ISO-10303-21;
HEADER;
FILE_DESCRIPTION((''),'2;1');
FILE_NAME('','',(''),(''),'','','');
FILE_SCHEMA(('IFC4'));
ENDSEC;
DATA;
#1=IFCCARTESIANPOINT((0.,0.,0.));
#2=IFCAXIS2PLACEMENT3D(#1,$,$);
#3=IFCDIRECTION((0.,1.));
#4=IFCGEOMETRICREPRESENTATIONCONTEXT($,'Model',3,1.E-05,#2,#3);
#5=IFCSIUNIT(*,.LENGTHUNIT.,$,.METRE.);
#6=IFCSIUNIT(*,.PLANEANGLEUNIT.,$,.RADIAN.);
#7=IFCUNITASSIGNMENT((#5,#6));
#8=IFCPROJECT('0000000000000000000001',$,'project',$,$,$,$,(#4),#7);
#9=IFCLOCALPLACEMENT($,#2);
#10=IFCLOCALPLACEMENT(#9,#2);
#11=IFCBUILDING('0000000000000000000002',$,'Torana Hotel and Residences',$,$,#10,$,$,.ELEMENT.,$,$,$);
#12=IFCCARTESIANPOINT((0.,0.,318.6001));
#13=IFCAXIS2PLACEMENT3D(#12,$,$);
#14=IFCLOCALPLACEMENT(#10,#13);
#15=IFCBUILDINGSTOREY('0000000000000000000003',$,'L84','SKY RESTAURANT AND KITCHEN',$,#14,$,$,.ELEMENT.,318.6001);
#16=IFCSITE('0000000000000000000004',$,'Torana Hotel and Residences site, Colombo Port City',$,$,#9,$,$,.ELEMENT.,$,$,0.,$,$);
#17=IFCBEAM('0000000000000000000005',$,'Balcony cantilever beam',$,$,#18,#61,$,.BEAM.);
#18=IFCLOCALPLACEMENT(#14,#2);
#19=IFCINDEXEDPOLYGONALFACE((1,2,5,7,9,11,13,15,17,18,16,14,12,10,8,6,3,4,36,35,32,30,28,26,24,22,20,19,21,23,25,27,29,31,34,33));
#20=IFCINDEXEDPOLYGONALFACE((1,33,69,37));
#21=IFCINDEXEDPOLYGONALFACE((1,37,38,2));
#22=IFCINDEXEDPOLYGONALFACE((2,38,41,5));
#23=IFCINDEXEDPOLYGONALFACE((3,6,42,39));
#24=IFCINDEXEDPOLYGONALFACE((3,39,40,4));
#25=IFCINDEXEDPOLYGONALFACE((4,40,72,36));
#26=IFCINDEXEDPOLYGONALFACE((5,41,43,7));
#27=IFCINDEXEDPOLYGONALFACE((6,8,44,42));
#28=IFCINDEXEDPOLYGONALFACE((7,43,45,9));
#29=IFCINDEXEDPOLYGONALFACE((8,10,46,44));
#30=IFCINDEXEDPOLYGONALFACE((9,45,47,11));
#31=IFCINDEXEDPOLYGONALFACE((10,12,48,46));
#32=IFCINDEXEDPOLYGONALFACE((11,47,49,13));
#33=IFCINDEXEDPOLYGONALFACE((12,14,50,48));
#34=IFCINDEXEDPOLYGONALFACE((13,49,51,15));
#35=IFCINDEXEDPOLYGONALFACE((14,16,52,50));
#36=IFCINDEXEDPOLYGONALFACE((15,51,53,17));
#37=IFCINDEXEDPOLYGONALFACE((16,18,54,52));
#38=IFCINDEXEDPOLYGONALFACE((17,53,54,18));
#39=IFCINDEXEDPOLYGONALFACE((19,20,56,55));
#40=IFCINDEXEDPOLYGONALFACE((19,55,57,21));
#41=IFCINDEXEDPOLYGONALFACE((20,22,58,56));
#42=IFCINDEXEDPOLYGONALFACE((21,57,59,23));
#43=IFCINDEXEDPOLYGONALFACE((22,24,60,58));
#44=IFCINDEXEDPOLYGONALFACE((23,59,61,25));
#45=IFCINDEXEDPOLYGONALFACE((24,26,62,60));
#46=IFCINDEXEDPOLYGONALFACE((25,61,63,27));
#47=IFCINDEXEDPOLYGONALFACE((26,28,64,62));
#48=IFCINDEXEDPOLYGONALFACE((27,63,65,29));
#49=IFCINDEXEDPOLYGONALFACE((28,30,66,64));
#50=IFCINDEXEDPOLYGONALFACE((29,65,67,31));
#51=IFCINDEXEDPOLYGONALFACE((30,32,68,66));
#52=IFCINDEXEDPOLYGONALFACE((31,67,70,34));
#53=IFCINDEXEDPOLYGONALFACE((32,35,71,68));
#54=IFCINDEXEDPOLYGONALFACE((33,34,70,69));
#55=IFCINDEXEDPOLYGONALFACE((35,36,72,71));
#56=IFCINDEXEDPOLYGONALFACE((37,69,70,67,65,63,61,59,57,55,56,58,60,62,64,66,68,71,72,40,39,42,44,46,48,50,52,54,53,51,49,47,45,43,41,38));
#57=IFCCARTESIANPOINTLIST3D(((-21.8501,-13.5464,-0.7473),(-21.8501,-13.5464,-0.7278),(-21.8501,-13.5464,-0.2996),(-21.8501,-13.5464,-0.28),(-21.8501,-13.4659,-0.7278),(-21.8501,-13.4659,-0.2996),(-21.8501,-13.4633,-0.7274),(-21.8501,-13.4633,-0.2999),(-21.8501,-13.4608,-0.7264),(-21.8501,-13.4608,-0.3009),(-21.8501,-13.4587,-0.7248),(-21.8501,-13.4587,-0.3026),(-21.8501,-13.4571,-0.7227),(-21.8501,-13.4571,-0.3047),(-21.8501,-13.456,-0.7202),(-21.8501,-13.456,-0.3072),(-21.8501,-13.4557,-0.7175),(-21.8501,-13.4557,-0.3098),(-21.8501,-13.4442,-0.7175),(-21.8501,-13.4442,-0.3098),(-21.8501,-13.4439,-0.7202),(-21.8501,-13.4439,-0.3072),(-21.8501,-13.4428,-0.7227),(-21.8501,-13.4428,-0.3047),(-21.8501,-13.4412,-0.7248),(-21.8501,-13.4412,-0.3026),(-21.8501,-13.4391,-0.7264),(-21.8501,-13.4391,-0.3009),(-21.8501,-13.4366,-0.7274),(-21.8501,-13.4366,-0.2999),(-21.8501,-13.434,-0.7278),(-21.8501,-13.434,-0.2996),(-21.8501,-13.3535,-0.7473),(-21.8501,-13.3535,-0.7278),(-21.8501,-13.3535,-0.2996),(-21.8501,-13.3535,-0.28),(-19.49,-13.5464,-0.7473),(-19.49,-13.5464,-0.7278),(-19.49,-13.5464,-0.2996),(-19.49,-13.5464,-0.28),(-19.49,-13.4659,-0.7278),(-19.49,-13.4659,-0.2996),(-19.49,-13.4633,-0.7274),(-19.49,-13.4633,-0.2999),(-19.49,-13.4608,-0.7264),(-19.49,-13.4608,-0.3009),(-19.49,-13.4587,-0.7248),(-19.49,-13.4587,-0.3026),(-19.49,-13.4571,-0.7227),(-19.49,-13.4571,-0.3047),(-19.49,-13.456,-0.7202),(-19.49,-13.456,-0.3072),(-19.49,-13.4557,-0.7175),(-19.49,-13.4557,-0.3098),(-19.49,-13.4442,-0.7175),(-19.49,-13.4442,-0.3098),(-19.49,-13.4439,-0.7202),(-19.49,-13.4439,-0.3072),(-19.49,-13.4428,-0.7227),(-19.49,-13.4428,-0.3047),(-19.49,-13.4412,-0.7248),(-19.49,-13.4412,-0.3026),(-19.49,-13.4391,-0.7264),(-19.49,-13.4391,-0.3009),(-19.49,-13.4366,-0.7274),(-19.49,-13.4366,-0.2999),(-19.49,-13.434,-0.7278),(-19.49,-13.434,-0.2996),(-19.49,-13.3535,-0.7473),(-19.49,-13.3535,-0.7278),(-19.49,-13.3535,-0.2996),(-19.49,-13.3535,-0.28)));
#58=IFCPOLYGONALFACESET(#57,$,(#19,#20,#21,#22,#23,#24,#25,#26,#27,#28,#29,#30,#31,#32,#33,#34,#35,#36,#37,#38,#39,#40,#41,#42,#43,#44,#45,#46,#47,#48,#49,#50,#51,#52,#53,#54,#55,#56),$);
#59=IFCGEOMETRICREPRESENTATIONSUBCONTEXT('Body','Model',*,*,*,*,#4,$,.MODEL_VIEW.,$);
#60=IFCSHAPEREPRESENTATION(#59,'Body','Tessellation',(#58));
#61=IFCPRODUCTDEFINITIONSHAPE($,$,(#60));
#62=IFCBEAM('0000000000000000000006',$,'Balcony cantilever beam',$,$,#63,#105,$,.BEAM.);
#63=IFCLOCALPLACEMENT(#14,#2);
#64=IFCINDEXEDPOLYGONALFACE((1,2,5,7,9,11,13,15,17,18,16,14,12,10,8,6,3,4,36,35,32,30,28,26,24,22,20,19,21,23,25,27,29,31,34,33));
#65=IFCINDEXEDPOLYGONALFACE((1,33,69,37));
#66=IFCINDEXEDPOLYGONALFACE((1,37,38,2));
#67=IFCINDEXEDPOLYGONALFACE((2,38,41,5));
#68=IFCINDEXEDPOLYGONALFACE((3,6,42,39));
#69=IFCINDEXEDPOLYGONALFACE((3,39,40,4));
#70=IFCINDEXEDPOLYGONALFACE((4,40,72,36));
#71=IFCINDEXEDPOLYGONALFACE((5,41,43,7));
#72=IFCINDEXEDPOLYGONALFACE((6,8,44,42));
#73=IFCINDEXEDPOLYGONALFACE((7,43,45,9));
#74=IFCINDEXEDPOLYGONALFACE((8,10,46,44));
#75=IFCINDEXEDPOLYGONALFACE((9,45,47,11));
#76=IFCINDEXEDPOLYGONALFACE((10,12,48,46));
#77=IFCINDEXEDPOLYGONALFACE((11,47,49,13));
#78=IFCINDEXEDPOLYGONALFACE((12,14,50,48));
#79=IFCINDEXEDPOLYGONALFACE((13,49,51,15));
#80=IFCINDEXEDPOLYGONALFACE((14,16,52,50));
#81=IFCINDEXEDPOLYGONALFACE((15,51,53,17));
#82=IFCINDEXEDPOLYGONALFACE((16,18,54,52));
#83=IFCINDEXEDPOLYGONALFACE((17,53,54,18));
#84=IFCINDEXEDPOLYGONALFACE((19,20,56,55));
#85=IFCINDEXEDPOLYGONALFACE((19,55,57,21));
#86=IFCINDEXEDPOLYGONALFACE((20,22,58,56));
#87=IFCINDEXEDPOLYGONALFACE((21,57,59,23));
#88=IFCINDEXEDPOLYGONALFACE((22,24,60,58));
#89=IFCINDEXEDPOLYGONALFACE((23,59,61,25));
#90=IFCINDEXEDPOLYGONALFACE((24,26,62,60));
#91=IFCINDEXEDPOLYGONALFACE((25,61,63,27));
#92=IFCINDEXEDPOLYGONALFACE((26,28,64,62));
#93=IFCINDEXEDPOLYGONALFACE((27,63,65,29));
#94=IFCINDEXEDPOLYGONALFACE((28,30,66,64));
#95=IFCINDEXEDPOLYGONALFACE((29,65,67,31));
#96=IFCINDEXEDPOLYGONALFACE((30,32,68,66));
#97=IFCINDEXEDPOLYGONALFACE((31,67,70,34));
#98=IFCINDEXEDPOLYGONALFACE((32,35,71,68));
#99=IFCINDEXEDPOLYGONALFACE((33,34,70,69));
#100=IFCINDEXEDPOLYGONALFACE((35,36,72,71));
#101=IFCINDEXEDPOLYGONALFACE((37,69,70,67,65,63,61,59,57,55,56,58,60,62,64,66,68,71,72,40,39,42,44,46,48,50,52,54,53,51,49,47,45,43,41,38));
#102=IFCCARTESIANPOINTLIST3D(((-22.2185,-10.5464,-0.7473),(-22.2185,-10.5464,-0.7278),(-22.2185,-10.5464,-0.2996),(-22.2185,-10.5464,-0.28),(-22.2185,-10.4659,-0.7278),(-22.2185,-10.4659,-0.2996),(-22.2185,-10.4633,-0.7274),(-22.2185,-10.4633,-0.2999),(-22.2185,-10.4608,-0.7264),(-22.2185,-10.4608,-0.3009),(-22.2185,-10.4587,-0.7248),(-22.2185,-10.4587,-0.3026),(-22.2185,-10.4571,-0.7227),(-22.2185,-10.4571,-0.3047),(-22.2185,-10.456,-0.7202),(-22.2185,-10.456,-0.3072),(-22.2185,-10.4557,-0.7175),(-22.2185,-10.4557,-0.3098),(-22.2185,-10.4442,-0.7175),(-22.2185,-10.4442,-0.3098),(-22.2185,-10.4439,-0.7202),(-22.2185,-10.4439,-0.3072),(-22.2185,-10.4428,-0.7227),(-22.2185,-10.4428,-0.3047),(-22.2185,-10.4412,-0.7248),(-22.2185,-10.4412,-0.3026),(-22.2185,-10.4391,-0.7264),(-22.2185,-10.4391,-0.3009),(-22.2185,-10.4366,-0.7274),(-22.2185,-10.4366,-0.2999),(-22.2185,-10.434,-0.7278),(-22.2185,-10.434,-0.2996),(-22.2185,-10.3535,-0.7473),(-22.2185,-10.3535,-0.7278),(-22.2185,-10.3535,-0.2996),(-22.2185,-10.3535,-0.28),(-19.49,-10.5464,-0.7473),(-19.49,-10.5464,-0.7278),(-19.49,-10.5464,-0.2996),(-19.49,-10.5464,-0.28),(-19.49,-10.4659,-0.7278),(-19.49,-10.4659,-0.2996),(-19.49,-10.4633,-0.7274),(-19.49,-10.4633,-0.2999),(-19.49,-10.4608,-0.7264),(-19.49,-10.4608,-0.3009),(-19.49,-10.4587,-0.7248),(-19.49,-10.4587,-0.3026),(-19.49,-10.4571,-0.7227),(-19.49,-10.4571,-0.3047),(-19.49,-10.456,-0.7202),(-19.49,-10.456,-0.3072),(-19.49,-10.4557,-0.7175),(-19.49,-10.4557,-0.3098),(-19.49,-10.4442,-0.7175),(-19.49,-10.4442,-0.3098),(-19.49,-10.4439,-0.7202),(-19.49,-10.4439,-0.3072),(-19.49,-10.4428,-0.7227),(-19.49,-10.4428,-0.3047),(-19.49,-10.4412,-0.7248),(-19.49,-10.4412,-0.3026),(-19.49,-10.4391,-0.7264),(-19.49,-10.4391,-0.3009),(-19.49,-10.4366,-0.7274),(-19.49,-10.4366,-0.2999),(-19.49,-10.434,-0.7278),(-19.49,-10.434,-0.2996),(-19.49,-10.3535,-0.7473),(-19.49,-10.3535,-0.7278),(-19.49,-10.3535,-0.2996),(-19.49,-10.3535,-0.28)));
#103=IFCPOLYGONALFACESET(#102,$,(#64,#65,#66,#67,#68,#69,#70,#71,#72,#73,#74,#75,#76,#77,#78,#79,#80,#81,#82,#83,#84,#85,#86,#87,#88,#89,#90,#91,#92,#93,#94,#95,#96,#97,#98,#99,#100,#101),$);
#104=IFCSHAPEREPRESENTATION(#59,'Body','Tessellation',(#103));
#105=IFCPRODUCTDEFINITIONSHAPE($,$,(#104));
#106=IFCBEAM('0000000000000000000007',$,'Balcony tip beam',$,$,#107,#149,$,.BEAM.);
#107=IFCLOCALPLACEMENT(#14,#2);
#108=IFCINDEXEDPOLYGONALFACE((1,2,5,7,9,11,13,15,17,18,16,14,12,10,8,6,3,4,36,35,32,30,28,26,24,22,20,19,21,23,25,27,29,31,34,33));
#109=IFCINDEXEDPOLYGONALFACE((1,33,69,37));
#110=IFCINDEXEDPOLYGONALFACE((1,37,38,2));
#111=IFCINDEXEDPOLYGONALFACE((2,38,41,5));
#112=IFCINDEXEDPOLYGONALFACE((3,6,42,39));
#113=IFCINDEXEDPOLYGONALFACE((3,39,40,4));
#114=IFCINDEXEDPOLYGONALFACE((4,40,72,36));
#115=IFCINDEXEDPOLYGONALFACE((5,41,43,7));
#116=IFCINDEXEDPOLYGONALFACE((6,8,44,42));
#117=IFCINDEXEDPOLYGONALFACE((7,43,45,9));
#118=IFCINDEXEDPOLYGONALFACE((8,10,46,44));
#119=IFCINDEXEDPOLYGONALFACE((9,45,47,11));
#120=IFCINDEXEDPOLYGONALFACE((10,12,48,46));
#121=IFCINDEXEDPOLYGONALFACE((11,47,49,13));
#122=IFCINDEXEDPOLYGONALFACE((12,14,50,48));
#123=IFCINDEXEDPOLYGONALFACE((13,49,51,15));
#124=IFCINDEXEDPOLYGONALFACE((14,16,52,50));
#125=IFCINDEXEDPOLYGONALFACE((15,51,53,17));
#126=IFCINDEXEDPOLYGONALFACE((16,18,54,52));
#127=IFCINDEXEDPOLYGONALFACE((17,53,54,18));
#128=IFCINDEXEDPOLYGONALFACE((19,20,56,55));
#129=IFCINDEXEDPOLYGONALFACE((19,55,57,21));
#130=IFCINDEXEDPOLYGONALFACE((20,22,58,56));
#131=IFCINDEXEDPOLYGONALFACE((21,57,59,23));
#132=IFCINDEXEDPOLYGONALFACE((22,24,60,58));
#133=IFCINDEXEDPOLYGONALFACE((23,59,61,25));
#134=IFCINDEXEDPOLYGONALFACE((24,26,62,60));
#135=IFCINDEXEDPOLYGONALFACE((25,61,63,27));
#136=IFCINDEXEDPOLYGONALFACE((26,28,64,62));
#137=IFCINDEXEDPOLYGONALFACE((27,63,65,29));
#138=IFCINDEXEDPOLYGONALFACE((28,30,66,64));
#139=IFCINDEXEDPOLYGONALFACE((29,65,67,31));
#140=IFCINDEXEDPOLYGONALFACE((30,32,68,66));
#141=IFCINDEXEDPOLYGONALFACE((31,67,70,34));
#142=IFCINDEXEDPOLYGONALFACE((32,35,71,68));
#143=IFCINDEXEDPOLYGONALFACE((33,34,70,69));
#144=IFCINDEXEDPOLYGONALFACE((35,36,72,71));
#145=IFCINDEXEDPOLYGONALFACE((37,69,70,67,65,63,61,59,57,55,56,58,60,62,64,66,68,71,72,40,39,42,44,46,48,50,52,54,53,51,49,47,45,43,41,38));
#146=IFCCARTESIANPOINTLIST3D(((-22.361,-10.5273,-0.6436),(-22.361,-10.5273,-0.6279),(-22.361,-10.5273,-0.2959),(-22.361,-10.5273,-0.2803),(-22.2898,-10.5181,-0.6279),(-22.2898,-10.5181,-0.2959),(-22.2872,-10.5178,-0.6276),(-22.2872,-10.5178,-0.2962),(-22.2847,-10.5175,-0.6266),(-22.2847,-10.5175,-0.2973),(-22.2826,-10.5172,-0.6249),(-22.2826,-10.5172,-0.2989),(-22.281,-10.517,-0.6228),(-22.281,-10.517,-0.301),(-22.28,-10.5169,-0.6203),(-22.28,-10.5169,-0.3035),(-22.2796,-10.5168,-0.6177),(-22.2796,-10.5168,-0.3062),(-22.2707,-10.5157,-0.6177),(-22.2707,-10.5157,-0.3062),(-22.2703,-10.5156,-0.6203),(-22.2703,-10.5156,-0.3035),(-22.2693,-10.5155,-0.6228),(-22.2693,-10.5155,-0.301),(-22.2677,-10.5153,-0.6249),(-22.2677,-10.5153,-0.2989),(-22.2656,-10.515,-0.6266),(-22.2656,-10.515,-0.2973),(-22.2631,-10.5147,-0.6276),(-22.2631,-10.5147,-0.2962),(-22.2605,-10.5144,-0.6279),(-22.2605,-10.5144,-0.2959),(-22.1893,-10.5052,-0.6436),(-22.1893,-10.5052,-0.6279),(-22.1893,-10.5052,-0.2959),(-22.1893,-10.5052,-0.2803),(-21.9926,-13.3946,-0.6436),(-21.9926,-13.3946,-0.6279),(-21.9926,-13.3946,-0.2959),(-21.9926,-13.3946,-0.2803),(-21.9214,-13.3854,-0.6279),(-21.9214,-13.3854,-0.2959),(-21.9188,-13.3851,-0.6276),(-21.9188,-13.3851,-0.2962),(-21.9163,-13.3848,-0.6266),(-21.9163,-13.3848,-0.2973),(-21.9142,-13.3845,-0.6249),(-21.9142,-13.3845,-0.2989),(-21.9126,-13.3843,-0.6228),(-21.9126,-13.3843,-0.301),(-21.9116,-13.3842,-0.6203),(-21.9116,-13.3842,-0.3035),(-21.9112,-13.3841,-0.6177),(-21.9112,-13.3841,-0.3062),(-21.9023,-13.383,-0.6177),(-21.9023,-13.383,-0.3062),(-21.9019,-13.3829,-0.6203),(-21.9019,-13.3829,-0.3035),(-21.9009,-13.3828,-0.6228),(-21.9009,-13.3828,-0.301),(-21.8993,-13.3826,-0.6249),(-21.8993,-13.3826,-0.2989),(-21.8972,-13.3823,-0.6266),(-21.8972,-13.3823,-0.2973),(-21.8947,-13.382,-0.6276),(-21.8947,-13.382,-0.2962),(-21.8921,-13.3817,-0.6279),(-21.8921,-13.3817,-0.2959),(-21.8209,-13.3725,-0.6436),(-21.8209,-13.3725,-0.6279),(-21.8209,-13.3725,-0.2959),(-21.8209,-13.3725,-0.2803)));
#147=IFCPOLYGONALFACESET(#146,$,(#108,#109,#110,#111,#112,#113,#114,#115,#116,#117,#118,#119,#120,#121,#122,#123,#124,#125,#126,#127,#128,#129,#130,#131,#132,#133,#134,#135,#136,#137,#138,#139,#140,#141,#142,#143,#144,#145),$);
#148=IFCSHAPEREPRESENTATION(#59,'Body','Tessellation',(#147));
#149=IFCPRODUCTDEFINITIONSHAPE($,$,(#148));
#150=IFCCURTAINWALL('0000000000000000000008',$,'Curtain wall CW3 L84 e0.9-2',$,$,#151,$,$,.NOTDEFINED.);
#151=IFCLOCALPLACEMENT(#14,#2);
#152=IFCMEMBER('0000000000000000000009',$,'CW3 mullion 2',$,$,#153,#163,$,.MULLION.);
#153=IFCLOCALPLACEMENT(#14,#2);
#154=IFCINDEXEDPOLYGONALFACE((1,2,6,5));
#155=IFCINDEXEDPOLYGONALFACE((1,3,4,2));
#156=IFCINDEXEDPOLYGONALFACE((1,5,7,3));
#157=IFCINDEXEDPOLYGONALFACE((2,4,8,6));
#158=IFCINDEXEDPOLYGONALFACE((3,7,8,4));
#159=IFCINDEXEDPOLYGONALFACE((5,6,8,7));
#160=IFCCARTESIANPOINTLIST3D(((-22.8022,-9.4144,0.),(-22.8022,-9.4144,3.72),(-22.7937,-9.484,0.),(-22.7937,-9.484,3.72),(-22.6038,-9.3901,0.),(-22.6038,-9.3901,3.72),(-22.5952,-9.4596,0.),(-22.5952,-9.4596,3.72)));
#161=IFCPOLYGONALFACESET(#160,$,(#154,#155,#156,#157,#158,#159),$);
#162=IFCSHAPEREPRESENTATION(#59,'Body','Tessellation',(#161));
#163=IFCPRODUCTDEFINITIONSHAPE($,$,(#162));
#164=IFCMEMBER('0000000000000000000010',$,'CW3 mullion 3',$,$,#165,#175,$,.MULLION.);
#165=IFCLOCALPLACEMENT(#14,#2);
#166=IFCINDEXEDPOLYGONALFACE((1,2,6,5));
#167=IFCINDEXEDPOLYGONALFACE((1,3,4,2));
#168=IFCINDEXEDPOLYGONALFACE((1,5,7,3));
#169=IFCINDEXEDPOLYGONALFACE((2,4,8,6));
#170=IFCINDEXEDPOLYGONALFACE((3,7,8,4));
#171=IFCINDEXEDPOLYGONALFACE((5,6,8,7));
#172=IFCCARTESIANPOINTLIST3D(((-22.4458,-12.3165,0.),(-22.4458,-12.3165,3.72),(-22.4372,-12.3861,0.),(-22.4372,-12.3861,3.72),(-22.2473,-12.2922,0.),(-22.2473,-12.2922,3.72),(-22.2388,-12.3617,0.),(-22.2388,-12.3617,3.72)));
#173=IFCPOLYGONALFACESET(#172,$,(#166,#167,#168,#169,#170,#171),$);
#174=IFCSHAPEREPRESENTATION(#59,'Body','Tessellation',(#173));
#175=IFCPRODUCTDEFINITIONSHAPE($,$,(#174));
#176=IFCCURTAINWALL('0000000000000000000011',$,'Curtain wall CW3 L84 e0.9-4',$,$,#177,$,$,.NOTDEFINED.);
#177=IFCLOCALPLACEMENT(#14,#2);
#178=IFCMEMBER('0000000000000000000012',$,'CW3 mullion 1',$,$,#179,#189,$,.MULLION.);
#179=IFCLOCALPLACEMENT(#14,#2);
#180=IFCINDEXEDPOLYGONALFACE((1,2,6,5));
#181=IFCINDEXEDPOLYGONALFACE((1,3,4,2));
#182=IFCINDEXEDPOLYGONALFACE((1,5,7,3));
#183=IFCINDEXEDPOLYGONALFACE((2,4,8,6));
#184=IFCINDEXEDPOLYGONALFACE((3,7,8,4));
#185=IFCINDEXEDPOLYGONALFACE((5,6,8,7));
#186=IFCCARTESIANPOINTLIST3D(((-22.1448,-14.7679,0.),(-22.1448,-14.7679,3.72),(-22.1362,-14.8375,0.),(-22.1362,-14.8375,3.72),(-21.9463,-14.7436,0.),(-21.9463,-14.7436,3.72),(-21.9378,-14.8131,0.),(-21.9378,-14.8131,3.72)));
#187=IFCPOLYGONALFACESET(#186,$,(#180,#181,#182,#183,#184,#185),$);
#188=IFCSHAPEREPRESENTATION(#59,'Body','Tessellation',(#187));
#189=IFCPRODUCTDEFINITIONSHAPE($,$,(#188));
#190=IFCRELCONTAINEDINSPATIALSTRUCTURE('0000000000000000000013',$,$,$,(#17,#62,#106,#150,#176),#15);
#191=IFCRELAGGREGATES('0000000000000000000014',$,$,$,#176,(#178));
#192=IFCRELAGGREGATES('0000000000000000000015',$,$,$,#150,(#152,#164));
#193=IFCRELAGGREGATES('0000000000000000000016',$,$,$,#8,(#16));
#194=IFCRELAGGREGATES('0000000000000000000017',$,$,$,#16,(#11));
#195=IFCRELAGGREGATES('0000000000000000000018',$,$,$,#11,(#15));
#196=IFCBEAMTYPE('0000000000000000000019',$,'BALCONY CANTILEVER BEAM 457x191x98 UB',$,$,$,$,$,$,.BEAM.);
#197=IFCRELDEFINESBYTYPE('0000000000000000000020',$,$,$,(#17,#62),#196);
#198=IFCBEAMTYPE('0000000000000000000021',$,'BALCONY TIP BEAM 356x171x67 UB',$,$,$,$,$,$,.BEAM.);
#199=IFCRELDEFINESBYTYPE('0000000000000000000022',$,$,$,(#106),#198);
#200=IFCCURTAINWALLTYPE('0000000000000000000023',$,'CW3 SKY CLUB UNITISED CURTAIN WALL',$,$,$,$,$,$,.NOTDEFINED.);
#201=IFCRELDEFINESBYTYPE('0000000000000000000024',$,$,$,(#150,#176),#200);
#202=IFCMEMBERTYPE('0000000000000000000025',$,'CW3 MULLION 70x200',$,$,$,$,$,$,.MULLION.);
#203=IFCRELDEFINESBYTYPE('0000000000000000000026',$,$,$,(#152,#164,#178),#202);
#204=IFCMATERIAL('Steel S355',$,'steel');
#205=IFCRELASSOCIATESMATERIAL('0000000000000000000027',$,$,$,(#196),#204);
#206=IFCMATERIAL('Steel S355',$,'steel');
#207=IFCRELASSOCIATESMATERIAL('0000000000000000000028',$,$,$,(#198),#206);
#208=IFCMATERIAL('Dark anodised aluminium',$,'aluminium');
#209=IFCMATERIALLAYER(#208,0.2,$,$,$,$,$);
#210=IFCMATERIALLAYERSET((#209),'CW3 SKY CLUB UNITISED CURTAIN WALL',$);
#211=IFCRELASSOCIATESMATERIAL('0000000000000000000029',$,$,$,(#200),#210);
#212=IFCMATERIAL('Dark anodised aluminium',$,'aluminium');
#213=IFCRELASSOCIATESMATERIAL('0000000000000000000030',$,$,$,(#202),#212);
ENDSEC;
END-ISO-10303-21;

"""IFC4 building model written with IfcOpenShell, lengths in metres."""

from ifc_helpers import new_model, si_unit, direction, frame, origin, origin_2d, place, context, subcontext, project, spatial, rectangle, i_section, extrude, material, layer, layer_set, material_profile, profile_set, type_object, element, aggregate, save


model = new_model("IFC4")

# Units and contexts
model_context = context("Model", 3, precision=1e-05, world=origin(), true_north=direction((0.0, 1.0)))
body_context = subcontext(model_context, "Body", "Model", "MODEL_VIEW")
ifc_project = project(units=[si_unit("LENGTHUNIT", "METRE"), si_unit("PLANEANGLEUNIT", "RADIAN")], contexts=[model_context])

# Site, building, storey
site_placement = place(None, origin())
site = spatial("IfcSite", under=ifc_project, at=site_placement, Name="Torana Hotel and Residences site, Colombo Port City", CompositionType="ELEMENT", RefElevation=0.0)
building_placement = place(site_placement, origin())
building = spatial("IfcBuilding", under=site, at=building_placement, Name="Torana Hotel and Residences", CompositionType="ELEMENT")
storey_placement = place(building_placement, frame((0.0, 0.0, 318.6001)))
storey = spatial("IfcBuildingStorey", under=building, at=storey_placement, Name="L84", Description="SKY RESTAURANT AND KITCHEN", CompositionType="ELEMENT", Elevation=318.6001)

# Beams
ifc_material_1 = material(Name="Steel S355", Category="steel")
ifc_material_profile_1 = material_profile(ifc_material_1, i_section(OverallWidth=0.1929, OverallDepth=0.4673, WebThickness=0.0115, FlangeThickness=0.0195, FilletRadius=0.0103, at=origin_2d()), Name="457x191x98 UB")
ifc_profile_set_1 = profile_set([ifc_material_profile_1], Name="Steel S355")
beam_type_1 = type_object("IfcBeamType", Name="BALCONY CANTILEVER BEAM 457x191x98 UB", PredefinedType="BEAM", material=ifc_profile_set_1)
beam_1_placement = place(storey_placement, frame((-19.49, -13.45, -0.5137), z_axis=(-1.0, 0.0, 0.0), x_axis=(0.0, -1.0, 0.0)))
element("IfcBeam", 1, at=beam_1_placement, inside=storey, type_object=beam_type_1, Name="Balcony cantilever beam", PredefinedType="BEAM", context=body_context, shape_type="SweptSolid", body=[
    extrude(i_section(OverallWidth=0.1929, OverallDepth=0.4673, WebThickness=0.0115, FlangeThickness=0.0195, FilletRadius=0.0103, at=origin_2d()), origin(), (0.0, 0.0, 1.0), 2.3601),
])
beam_2_placement = place(storey_placement, frame((-19.49, -10.45, -0.5137), z_axis=(-1.0, 0.0, 0.0), x_axis=(0.0, -1.0, 0.0)))
element("IfcBeam", 2, at=beam_2_placement, inside=storey, type_object=beam_type_1, Name="Balcony cantilever beam", PredefinedType="BEAM", context=body_context, shape_type="SweptSolid", body=[
    extrude(i_section(OverallWidth=0.1929, OverallDepth=0.4673, WebThickness=0.0115, FlangeThickness=0.0195, FilletRadius=0.0103, at=origin_2d()), origin(), (0.0, 0.0, 1.0), 2.7285),
])
ifc_material_2 = material(Name="Steel S355", Category="steel")
ifc_material_profile_2 = material_profile(ifc_material_2, i_section(OverallWidth=0.1731, OverallDepth=0.3633, WebThickness=0.009, FlangeThickness=0.0156, FilletRadius=0.0103, at=origin_2d()), Name="356x171x67 UB")
ifc_profile_set_2 = profile_set([ifc_material_profile_2], Name="Steel S355")
beam_type_2 = type_object("IfcBeamType", Name="BALCONY TIP BEAM 356x171x67 UB", PredefinedType="BEAM", material=ifc_profile_set_2)
beam_3_placement = place(storey_placement, frame((-21.9067, -13.3835, -0.4619), z_axis=(-0.127443, 0.991846, 0.0), x_axis=(-0.991846, -0.127443, 0.0)))
element("IfcBeam", 3, at=beam_3_placement, inside=storey, type_object=beam_type_2, Name="Balcony tip beam", PredefinedType="BEAM", context=body_context, shape_type="SweptSolid", body=[
    extrude(i_section(OverallWidth=0.1731, OverallDepth=0.3633, WebThickness=0.009, FlangeThickness=0.0156, FilletRadius=0.0103, at=origin_2d()), origin(), (0.0, 0.0, 1.0), 2.8909),
])

# Curtain wall, members
ifc_material_3 = material(Name="Dark anodised aluminium", Category="aluminium")
ifc_layer_1 = layer(ifc_material_3, 0.2)
ifc_layer_set_1 = layer_set([ifc_layer_1], Name="CW3 SKY CLUB UNITISED CURTAIN WALL")
curtain_wall_type = type_object("IfcCurtainWallType", Name="CW3 SKY CLUB UNITISED CURTAIN WALL", PredefinedType="NOTDEFINED", material=ifc_layer_set_1)
curtain_wall_1_placement = place(storey_placement, origin())
curtain_wall_1 = element("IfcCurtainWall", 4, at=curtain_wall_1_placement, inside=storey, type_object=curtain_wall_type, Name="Curtain wall CW3 L84 e0.9-2", PredefinedType="NOTDEFINED")
ifc_material_4 = material(Name="Dark anodised aluminium", Category="aluminium")
ifc_material_profile_3 = material_profile(ifc_material_4, rectangle(XDim=0.2, YDim=0.0701, at=origin_2d()), Name="CW3 MULLION 70x200")
ifc_profile_set_3 = profile_set([ifc_material_profile_3], Name="Dark anodised aluminium")
member_type_1 = type_object("IfcMemberType", Name="CW3 MULLION 70x200", PredefinedType="MULLION", material=ifc_profile_set_3)
member_1_placement = place(storey_placement, frame((-22.6987, -9.437, 0.0), z_axis=(0.0, 0.0, 1.0), x_axis=(0.992545, 0.121876, 0.0)))
member_1 = element("IfcMember", 5, at=member_1_placement, type_object=member_type_1, Name="CW3 mullion 2", PredefinedType="MULLION", context=body_context, shape_type="SweptSolid", body=[
    extrude(rectangle(XDim=0.2, YDim=0.0701, at=origin_2d()), origin(), (0.0, 0.0, 1.0), 3.72),
])
member_2_placement = place(storey_placement, frame((-22.3423, -12.3391, 0.0), z_axis=(0.0, 0.0, 1.0), x_axis=(0.992545, 0.121876, 0.0)))
member_2 = element("IfcMember", 6, at=member_2_placement, type_object=member_type_1, Name="CW3 mullion 3", PredefinedType="MULLION", context=body_context, shape_type="SweptSolid", body=[
    extrude(rectangle(XDim=0.2, YDim=0.0701, at=origin_2d()), origin(), (0.0, 0.0, 1.0), 3.72),
])

# Curtain wall, member
curtain_wall_2_placement = place(storey_placement, origin())
curtain_wall_2 = element("IfcCurtainWall", 7, at=curtain_wall_2_placement, inside=storey, type_object=curtain_wall_type, Name="Curtain wall CW3 L84 e0.9-4", PredefinedType="NOTDEFINED")
member_3_placement = place(storey_placement, frame((-22.0413, -14.7905, 0.0), z_axis=(0.0, 0.0, 1.0), x_axis=(0.992548, 0.121857, 0.0)))
member_3 = element("IfcMember", 8, at=member_3_placement, type_object=member_type_1, Name="CW3 mullion 1", PredefinedType="MULLION", context=body_context, shape_type="SweptSolid", body=[
    extrude(rectangle(XDim=0.2, YDim=0.0701, at=origin_2d()), origin(), (0.0, 0.0, 1.0), 3.72),
])

aggregate(curtain_wall_2, [member_3])

aggregate(curtain_wall_1, [member_1, member_2])

save(model, "model.ifc")
